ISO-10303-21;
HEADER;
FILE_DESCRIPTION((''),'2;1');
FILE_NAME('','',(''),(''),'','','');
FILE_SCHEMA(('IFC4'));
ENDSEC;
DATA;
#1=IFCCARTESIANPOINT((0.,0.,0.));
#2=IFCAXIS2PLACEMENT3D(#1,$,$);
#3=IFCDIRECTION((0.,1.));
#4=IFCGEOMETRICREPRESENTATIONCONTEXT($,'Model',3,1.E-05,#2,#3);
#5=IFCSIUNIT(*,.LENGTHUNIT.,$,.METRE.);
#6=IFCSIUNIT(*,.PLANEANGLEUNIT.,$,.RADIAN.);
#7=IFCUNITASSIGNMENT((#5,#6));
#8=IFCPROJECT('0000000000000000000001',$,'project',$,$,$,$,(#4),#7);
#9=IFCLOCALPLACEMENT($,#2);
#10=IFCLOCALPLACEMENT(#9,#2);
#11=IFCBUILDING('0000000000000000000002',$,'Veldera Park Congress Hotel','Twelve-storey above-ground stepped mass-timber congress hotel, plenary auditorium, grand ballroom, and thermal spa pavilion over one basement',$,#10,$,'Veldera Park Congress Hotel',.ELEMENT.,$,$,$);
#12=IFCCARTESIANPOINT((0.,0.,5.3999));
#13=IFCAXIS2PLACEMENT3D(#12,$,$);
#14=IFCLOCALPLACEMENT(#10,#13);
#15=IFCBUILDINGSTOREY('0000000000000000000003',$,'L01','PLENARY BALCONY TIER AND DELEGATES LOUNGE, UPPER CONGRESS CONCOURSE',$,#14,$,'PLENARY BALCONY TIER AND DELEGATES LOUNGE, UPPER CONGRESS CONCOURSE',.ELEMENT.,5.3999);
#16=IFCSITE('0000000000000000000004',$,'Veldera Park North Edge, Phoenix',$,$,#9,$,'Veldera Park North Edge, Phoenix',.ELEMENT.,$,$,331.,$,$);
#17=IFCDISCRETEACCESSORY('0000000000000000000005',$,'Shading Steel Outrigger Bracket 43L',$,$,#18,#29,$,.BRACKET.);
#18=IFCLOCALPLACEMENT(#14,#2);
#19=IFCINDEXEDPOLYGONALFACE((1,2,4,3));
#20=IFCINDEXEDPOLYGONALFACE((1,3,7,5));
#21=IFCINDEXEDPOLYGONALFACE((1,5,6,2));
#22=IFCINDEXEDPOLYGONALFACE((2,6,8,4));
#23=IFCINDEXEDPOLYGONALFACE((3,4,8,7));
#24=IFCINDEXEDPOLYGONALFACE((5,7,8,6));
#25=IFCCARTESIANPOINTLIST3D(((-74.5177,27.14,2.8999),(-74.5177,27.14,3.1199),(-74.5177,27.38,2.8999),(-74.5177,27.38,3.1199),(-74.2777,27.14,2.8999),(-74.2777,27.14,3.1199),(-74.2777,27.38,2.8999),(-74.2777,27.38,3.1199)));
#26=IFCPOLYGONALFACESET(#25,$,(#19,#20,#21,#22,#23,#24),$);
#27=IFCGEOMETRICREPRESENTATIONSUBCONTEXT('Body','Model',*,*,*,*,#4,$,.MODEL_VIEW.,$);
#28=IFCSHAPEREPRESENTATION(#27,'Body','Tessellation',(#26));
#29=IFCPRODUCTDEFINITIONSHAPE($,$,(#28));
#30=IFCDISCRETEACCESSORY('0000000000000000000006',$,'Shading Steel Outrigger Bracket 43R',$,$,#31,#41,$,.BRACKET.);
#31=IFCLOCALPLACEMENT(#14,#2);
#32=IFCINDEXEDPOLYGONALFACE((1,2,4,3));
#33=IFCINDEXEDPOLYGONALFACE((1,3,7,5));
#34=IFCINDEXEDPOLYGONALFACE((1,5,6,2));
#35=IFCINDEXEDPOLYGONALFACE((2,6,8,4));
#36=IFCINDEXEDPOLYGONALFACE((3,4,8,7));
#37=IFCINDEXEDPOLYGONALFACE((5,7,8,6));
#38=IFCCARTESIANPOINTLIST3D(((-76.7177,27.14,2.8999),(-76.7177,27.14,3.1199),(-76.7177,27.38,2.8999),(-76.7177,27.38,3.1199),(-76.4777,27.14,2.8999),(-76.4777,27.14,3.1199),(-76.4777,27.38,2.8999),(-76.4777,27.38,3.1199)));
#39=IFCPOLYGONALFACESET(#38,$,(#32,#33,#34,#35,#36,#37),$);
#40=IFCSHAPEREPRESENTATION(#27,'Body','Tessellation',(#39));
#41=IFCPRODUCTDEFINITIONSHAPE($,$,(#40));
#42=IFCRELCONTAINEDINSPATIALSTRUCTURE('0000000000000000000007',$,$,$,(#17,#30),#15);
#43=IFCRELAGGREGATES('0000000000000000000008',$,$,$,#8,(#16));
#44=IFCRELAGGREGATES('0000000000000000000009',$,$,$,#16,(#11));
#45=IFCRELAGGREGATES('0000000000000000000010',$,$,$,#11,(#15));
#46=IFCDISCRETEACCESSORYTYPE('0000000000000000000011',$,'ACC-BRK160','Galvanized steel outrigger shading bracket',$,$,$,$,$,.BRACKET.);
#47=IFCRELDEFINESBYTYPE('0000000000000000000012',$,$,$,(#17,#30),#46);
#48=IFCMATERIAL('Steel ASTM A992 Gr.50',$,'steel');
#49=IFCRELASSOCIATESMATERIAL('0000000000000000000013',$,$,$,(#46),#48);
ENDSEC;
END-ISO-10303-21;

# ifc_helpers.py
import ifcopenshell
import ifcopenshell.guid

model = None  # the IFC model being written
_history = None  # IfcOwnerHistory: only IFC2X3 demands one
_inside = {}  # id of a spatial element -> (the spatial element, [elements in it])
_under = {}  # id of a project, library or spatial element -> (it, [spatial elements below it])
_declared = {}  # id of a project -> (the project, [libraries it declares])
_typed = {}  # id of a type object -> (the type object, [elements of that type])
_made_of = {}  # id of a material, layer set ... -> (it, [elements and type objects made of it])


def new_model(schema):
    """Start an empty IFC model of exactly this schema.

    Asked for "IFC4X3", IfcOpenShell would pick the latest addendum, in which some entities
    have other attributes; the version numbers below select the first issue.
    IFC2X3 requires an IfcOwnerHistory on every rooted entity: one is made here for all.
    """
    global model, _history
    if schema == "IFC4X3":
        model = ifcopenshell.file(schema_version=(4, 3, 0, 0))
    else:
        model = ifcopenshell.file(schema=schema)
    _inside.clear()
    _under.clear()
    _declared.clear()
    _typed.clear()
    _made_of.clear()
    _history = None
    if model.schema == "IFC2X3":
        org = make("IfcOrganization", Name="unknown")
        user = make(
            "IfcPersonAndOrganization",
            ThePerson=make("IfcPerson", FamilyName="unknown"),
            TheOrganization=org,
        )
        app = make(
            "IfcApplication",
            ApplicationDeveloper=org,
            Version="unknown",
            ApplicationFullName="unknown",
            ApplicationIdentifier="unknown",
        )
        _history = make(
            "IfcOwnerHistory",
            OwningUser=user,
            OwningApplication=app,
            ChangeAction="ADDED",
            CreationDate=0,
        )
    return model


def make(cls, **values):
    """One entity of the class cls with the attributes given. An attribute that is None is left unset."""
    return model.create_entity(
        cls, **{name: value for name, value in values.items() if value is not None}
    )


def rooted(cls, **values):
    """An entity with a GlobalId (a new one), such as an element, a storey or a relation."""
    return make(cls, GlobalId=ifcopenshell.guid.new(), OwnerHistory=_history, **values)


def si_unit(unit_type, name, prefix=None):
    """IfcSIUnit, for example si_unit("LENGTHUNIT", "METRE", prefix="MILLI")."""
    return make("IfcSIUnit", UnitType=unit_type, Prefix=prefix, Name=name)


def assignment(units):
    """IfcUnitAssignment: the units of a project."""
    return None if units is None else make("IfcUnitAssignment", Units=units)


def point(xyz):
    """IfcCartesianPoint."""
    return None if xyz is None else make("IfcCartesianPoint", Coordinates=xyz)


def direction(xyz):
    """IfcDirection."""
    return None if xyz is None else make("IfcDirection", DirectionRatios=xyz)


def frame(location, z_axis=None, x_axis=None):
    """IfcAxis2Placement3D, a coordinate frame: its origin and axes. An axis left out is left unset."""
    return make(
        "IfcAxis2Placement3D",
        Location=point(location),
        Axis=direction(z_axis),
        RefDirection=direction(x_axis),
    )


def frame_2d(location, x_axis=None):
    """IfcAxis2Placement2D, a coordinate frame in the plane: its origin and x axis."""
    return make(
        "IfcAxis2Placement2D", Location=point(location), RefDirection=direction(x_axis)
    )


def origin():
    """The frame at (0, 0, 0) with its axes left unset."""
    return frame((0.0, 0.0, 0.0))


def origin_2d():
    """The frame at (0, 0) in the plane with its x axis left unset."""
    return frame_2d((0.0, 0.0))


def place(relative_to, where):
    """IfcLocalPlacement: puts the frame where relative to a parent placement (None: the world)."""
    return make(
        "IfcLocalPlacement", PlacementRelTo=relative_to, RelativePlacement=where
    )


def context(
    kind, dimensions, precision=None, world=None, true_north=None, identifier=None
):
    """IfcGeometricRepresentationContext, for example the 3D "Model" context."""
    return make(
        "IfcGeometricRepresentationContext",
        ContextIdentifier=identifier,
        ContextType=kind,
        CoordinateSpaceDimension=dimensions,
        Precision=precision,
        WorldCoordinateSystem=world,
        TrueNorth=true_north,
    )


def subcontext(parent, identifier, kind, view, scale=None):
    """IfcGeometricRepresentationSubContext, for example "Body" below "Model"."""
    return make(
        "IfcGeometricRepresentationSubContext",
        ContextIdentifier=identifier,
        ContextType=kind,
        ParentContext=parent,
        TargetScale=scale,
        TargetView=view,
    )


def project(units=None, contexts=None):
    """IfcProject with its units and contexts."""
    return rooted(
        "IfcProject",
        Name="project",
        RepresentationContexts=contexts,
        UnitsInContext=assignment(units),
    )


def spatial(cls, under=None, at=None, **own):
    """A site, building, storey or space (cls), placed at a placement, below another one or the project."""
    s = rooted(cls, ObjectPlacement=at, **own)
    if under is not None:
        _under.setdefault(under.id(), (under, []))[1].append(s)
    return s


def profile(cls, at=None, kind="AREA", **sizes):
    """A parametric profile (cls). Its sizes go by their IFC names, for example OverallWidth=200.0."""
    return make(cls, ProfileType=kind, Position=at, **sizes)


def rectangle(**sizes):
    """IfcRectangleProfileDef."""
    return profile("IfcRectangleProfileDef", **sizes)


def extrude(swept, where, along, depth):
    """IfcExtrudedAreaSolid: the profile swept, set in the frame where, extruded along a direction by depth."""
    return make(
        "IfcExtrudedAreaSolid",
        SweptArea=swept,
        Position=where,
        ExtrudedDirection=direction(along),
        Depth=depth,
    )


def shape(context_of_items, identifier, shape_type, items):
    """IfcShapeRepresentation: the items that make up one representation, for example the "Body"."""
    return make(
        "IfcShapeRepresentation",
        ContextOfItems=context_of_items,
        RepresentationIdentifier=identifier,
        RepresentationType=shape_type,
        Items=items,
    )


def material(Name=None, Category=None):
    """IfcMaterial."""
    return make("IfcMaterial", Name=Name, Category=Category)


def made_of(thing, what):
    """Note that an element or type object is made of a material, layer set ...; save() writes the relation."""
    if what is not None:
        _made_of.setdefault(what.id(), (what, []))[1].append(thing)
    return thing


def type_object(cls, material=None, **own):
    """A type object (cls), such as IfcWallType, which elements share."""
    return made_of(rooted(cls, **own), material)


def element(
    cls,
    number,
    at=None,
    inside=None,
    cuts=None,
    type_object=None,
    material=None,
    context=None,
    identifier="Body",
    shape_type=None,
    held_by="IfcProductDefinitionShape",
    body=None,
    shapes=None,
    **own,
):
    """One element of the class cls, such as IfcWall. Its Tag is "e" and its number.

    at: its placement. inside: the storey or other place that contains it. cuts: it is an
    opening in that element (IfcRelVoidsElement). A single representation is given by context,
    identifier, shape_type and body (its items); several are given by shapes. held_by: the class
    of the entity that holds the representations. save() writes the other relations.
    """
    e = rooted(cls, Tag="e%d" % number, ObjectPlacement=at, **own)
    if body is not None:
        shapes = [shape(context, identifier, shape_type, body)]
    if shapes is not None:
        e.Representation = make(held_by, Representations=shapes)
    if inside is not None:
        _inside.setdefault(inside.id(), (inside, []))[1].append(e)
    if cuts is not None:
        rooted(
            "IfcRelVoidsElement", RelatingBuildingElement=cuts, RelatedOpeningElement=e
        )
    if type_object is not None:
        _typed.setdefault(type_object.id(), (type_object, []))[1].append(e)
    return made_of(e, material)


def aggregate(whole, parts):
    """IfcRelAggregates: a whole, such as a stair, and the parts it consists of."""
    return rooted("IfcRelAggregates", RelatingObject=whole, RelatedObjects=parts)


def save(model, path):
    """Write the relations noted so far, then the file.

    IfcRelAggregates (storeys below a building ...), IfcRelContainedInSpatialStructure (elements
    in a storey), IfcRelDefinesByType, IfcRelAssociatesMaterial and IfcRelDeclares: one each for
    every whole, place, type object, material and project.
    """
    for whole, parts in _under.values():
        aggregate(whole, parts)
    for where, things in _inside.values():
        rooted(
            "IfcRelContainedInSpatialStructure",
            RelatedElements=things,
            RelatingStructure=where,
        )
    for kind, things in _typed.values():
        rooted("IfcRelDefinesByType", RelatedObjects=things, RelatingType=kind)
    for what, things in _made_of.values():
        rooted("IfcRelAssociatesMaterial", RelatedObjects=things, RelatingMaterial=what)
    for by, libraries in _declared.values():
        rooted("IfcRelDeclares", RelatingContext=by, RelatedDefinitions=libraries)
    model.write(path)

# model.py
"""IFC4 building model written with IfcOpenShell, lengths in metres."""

from ifc_helpers import new_model, si_unit, direction, frame, origin, origin_2d, place, context, subcontext, project, spatial, rectangle, extrude, material, type_object, element, save


model = new_model("IFC4")

# Units and contexts
model_context = context("Model", 3, precision=1e-05, world=origin(), true_north=direction((0.0, 1.0)))
body_context = subcontext(model_context, "Body", "Model", "MODEL_VIEW")
ifc_project = project(units=[si_unit("LENGTHUNIT", "METRE"), si_unit("PLANEANGLEUNIT", "RADIAN")], contexts=[model_context])

# Site, building, storey
site_placement = place(None, origin())
site = spatial("IfcSite", under=ifc_project, at=site_placement, Name="Veldera Park North Edge, Phoenix", LongName="Veldera Park North Edge, Phoenix", CompositionType="ELEMENT", RefElevation=331.0)
building_placement = place(site_placement, origin())
building = spatial("IfcBuilding", under=site, at=building_placement, Name="Veldera Park Congress Hotel", Description="Twelve-storey above-ground stepped mass-timber congress hotel, plenary auditorium, grand ballroom, and thermal spa pavilion over one basement", LongName="Veldera Park Congress Hotel", CompositionType="ELEMENT")
storey_placement = place(building_placement, frame((0.0, 0.0, 5.3999)))
storey = spatial("IfcBuildingStorey", under=building, at=storey_placement, Name="L01", Description="PLENARY BALCONY TIER AND DELEGATES LOUNGE, UPPER CONGRESS CONCOURSE", LongName="PLENARY BALCONY TIER AND DELEGATES LOUNGE, UPPER CONGRESS CONCOURSE", CompositionType="ELEMENT", Elevation=5.3999)

# Shared definitions
ifc_material_1 = material(Name="Steel ASTM A992 Gr.50", Category="steel")

# Discrete accessories
discrete_accessory_type = type_object("IfcDiscreteAccessoryType", Name="ACC-BRK160", Description="Galvanized steel outrigger shading bracket", PredefinedType="BRACKET", material=ifc_material_1)
for number, where, z_axis, x_axis, name in (
    (1, (-74.3977, 27.26, 2.8999), (0.0, 0.0, 1.0), (-1.0, 0.0, 0.0), "Shading Steel Outrigger Bracket 43L"),
    (2, (-76.5977, 27.26, 2.8999), (0.0, 0.0, 1.0), (-1.0, 0.0, 0.0), "Shading Steel Outrigger Bracket 43R"),
):
    element("IfcDiscreteAccessory", number, at=place(storey_placement, frame(where, z_axis=z_axis, x_axis=x_axis)), inside=storey, type_object=discrete_accessory_type, Name=name, PredefinedType="BRACKET", context=body_context, shape_type="SweptSolid", body=[
        extrude(rectangle(XDim=0.24, YDim=0.24, at=origin_2d()), origin(), (0.0, 0.0, 1.0), 0.22),
    ])

save(model, "model.ifc")
